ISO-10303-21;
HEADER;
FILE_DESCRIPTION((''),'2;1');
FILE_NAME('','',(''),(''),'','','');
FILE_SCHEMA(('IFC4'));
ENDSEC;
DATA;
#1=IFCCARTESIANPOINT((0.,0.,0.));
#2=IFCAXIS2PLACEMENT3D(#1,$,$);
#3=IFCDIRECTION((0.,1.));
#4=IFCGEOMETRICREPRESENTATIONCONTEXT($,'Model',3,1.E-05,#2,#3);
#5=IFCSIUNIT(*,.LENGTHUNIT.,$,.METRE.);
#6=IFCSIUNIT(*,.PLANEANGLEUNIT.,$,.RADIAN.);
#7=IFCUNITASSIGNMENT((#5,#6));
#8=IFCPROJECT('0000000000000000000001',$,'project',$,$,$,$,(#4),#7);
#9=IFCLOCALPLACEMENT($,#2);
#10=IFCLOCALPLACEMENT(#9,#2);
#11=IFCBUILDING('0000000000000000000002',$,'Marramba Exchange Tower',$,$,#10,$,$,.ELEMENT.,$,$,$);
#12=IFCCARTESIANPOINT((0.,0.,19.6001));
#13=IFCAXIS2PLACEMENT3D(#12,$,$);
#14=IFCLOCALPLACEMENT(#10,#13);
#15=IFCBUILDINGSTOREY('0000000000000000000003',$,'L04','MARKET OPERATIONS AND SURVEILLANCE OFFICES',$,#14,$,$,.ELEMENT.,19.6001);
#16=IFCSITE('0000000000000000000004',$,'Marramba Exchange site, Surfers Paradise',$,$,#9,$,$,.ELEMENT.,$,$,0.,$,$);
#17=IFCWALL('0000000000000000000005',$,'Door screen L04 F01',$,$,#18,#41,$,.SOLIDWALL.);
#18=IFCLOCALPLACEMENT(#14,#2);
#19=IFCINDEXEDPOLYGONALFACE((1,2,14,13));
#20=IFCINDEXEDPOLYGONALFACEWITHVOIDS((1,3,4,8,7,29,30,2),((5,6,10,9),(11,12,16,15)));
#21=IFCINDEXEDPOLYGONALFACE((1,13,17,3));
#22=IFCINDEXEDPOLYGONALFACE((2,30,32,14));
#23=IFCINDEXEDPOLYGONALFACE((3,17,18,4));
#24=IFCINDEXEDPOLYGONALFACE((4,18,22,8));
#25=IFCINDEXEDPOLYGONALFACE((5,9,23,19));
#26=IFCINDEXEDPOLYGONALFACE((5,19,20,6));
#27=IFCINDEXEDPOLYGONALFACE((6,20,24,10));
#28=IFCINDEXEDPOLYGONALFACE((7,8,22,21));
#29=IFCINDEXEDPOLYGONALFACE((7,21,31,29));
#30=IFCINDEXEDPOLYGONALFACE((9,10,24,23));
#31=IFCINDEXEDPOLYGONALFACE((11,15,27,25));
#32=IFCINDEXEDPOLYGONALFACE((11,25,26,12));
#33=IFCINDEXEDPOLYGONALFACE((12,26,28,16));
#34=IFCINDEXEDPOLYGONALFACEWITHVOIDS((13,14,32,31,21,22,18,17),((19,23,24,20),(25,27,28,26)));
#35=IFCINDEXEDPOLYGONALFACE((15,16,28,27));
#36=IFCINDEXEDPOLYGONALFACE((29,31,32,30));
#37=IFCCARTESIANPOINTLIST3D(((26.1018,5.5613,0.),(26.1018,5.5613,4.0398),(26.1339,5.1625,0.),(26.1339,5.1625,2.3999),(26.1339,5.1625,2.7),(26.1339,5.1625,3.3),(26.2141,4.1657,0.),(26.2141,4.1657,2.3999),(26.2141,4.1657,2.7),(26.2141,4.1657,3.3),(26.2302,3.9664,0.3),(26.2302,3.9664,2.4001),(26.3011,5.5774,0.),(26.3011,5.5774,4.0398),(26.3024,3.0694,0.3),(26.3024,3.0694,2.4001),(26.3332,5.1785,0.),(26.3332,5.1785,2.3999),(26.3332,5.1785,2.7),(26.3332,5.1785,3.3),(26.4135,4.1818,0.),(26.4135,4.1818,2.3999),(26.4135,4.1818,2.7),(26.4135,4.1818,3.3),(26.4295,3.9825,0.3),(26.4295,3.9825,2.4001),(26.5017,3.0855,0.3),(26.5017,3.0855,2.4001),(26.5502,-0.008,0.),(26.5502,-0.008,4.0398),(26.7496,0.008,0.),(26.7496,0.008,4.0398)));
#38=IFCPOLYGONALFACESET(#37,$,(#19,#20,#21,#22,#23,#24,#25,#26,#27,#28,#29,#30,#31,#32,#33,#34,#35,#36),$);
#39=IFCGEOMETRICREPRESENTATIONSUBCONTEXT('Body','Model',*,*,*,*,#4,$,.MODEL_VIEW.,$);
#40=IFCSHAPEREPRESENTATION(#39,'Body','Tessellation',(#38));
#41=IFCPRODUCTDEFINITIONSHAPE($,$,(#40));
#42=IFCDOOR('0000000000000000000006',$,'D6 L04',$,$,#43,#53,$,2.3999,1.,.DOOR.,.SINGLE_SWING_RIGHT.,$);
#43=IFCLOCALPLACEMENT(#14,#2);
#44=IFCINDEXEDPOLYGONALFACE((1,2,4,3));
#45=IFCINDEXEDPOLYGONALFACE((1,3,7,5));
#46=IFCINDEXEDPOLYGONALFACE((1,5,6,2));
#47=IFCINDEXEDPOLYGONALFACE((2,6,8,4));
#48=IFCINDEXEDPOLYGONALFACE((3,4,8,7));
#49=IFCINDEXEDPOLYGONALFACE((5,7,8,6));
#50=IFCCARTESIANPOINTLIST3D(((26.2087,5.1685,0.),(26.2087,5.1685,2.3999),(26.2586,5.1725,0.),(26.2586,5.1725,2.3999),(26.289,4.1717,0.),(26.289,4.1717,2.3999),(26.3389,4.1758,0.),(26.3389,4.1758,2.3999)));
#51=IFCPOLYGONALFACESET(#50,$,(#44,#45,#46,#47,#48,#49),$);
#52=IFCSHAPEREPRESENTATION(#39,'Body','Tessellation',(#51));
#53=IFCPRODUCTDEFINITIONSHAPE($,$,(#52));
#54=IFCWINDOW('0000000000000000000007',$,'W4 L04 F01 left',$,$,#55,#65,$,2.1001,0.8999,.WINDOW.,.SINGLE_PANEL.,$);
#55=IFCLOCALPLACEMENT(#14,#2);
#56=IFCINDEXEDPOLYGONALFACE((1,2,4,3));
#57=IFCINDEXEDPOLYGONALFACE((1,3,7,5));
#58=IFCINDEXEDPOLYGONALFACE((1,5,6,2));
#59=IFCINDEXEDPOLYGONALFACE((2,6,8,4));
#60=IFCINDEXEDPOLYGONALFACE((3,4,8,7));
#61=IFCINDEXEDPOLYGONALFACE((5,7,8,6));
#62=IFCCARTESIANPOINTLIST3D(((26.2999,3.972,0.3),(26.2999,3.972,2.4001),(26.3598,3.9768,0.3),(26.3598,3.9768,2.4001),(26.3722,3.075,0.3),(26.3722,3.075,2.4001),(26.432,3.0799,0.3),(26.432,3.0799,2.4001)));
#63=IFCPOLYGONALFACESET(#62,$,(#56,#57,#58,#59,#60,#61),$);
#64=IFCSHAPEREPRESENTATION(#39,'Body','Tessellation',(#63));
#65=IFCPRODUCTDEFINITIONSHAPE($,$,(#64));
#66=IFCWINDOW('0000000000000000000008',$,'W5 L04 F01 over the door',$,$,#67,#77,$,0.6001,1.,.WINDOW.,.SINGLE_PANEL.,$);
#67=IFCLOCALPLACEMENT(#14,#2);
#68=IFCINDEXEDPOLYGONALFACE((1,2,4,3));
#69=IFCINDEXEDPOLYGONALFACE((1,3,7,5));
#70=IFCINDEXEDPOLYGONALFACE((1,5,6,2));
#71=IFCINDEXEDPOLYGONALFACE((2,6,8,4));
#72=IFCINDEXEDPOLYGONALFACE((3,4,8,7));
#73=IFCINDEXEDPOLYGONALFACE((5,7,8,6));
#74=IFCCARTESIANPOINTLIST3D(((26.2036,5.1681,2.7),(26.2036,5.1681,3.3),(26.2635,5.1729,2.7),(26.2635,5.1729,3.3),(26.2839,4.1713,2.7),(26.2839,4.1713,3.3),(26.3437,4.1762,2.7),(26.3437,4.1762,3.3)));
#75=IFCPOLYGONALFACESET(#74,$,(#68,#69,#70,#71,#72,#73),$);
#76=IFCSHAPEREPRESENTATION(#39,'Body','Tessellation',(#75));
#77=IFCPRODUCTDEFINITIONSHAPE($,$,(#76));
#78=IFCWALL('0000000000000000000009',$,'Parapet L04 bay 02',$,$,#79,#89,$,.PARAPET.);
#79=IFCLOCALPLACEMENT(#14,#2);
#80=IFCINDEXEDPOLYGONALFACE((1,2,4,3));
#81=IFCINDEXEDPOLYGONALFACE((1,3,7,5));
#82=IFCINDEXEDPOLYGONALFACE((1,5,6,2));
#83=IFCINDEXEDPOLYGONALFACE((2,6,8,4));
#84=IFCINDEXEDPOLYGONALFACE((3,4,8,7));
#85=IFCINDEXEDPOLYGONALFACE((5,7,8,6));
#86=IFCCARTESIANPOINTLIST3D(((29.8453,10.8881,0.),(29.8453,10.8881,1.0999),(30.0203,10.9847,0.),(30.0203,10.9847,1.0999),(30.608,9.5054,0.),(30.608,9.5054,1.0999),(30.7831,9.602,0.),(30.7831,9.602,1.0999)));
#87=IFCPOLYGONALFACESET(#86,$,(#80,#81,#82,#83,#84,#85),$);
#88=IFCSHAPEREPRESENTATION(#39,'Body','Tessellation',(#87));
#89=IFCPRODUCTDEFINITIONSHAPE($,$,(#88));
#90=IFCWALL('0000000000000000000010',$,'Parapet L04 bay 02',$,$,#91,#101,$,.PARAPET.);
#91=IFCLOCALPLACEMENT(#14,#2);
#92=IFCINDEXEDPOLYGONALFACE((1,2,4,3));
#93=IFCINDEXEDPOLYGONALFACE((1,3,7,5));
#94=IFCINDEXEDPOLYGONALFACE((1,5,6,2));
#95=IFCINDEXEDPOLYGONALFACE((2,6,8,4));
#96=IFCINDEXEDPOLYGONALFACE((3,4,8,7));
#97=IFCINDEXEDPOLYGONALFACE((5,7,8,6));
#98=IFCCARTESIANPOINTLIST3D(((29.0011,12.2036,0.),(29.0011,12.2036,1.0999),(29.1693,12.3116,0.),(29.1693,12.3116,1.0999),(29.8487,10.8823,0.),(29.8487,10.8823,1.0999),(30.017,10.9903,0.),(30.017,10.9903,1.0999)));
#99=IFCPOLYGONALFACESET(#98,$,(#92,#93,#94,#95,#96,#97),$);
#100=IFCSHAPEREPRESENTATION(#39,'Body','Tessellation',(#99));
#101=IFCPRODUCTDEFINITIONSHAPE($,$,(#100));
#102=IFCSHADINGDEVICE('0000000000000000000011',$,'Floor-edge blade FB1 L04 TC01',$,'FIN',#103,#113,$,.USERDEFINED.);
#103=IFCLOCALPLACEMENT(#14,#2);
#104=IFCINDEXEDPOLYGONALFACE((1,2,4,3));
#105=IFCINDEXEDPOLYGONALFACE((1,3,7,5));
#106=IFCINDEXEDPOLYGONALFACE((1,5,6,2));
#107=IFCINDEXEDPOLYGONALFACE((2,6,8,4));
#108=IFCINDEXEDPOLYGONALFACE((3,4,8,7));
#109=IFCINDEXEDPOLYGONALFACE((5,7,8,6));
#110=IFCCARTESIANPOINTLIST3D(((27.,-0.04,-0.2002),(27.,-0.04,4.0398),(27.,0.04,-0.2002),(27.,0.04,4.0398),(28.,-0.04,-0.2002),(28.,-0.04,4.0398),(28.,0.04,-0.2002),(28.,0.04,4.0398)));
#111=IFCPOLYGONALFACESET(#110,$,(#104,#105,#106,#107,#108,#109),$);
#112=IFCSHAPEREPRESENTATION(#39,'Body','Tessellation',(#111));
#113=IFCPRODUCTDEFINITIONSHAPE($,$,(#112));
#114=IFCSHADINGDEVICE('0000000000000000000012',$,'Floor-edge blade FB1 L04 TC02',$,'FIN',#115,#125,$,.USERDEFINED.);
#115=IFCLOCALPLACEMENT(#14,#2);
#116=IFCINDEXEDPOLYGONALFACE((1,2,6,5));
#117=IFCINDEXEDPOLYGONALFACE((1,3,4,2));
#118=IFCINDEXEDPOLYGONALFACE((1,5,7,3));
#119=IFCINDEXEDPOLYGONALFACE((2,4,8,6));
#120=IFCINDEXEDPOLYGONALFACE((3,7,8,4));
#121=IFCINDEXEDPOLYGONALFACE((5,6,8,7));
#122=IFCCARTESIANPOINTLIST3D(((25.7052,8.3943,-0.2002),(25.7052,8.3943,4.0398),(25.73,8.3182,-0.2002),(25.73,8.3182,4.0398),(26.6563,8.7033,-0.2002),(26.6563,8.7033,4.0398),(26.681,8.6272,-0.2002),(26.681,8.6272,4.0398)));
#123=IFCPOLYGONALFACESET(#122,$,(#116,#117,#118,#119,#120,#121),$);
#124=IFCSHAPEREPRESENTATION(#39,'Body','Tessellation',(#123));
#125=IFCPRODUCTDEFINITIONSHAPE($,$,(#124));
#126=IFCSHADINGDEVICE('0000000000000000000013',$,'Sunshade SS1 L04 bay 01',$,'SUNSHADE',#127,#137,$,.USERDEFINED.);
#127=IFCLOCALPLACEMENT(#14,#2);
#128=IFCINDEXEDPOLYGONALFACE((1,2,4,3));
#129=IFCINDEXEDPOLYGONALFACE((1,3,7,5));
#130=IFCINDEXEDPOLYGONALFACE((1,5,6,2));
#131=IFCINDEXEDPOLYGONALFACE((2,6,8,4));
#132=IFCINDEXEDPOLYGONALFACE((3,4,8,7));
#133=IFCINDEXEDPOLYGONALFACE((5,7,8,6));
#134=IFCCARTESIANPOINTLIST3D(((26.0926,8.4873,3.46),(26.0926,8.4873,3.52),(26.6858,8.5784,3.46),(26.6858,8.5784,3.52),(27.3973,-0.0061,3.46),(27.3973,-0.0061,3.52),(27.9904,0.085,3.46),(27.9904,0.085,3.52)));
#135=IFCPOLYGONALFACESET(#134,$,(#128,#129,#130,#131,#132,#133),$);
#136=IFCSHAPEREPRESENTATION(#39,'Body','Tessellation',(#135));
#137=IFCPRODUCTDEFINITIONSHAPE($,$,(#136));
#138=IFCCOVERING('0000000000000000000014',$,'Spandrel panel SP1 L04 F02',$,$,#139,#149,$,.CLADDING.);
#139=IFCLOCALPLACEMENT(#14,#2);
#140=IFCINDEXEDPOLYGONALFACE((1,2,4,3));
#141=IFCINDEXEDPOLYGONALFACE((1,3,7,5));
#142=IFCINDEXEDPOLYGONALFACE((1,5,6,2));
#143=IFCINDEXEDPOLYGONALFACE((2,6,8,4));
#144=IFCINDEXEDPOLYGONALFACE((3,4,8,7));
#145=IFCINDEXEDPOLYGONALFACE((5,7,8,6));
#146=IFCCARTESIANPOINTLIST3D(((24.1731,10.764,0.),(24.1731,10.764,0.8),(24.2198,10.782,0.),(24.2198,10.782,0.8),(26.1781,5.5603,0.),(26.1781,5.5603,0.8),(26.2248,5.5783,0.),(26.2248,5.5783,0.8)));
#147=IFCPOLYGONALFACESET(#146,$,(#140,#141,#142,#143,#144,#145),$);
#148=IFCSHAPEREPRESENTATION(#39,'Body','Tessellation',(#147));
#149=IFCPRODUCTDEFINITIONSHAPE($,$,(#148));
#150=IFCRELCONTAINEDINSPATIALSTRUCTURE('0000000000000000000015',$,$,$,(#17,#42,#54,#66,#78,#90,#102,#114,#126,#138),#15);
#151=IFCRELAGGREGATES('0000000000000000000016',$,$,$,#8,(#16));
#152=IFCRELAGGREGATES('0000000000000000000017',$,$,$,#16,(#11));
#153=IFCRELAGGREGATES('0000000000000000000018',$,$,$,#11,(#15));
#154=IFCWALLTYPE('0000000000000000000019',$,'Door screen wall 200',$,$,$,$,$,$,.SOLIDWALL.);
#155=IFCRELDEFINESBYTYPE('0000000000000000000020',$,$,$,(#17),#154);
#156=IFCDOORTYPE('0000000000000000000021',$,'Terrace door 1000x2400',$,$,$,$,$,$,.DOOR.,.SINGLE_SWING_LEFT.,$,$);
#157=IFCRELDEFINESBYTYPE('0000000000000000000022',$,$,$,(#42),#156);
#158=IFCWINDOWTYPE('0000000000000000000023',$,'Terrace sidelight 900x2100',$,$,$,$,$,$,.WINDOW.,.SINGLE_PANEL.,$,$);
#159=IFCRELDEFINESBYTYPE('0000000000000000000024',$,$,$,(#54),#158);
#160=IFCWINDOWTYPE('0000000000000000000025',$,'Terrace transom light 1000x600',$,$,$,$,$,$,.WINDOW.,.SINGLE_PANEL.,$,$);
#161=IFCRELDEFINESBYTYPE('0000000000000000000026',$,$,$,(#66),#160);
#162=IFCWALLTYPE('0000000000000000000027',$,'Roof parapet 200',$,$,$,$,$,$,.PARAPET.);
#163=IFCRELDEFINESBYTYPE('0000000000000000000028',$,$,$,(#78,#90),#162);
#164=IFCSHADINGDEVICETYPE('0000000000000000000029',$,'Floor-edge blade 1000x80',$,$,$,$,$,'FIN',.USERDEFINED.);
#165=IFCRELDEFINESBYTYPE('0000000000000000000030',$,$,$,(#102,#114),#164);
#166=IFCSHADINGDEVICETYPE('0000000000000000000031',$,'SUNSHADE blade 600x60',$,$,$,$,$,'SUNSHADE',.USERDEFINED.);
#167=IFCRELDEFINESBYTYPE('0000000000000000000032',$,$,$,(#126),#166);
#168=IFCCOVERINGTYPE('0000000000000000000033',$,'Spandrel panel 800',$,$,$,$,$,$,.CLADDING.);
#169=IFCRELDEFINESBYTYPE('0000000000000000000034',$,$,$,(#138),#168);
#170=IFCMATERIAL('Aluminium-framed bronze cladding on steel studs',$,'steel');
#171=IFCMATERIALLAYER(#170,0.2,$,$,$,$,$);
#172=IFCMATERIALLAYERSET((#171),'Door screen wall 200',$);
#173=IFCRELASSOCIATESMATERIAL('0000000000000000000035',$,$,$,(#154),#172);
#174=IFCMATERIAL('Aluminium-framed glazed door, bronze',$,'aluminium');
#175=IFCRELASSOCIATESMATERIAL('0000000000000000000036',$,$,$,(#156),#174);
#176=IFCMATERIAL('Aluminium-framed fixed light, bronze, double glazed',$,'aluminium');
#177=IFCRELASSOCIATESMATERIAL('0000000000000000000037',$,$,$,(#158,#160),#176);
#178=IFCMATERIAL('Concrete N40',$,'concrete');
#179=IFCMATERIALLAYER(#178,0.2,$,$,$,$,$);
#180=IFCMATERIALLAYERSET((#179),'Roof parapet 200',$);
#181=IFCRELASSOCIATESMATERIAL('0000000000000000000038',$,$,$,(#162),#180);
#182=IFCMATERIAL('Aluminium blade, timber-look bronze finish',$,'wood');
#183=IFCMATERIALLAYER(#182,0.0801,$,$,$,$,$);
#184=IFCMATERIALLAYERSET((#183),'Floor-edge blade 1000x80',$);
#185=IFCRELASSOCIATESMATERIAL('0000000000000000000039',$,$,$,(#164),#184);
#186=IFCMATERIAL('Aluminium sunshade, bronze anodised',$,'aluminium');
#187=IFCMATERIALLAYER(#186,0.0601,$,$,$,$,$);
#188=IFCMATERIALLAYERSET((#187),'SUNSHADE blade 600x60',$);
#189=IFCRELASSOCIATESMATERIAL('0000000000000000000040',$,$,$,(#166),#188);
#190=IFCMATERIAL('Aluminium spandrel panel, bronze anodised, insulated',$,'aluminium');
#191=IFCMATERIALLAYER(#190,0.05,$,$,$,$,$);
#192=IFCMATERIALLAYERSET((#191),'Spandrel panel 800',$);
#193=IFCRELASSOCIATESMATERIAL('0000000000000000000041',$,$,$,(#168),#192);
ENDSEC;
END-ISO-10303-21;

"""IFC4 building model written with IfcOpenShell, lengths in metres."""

from ifc_helpers import new_model, si_unit, direction, frame, frame_2d, origin, origin_2d, place, context, subcontext, project, spatial, rectangle, extrude, material, layer, layer_set, type_object, element, fill, save


model = new_model("IFC4")

# Units and contexts
model_context = context("Model", 3, precision=1e-05, world=origin(), true_north=direction((0.0, 1.0)))
body_context = subcontext(model_context, "Body", "Model", "MODEL_VIEW")
ifc_project = project(units=[si_unit("LENGTHUNIT", "METRE"), si_unit("PLANEANGLEUNIT", "RADIAN")], contexts=[model_context])

# Site, building, storey
site_placement = place(None, origin())
site = spatial("IfcSite", under=ifc_project, at=site_placement, Name="Marramba Exchange site, Surfers Paradise", CompositionType="ELEMENT", RefElevation=0.0)
building_placement = place(site_placement, origin())
building = spatial("IfcBuilding", under=site, at=building_placement, Name="Marramba Exchange Tower", CompositionType="ELEMENT")
storey_placement = place(building_placement, frame((0.0, 0.0, 19.6001)))
storey = spatial("IfcBuildingStorey", under=building, at=storey_placement, Name="L04", Description="MARKET OPERATIONS AND SURVEILLANCE OFFICES", CompositionType="ELEMENT", Elevation=19.6001)

# Wall, openings, door, windows
ifc_material_1 = material(Name="Aluminium-framed bronze cladding on steel studs", Category="steel")
ifc_layer_1 = layer(ifc_material_1, 0.2)
ifc_layer_set_1 = layer_set([ifc_layer_1], Name="Door screen wall 200")
wall_type_1 = type_object("IfcWallType", Name="Door screen wall 200", PredefinedType="SOLIDWALL", material=ifc_layer_set_1)
wall_1_placement = place(storey_placement, frame((26.6499, 0.0, 0.0), z_axis=(0.0, 0.0, 1.0), x_axis=(-0.080268, 0.996773, 0.0)))
wall_1 = element("IfcWall", 1, at=wall_1_placement, inside=storey, type_object=wall_type_1, Name="Door screen L04 F01", PredefinedType="SOLIDWALL", context=body_context, shape_type="SweptSolid", body=[
    extrude(rectangle(XDim=5.5874, YDim=0.2, at=frame_2d((2.7937, 0.0))), origin(), (0.0, 0.0, 1.0), 4.0398),
])
opening_1_placement = place(wall_1_placement, frame((4.1873, 0.0, 0.0)))
opening_1 = element("IfcOpeningElement", 2, at=opening_1_placement, cuts=wall_1, PredefinedType="OPENING", context=body_context, shape_type="SweptSolid", body=[
    extrude(rectangle(XDim=1.0, YDim=2.3999, at=frame_2d((0.5, 1.2))), frame((0.0, 0.1099, 0.0), z_axis=(0.0, -1.0, 0.0), x_axis=(1.0, 0.0, 0.0)), (0.0, 0.0, 1.0), 0.22),
])
opening_2_placement = place(wall_1_placement, frame((3.0874, 0.0, 0.3)))
opening_2 = element("IfcOpeningElement", 3, at=opening_2_placement, cuts=wall_1, PredefinedType="OPENING", context=body_context, shape_type="SweptSolid", body=[
    extrude(rectangle(XDim=0.8999, YDim=2.1001, at=frame_2d((0.45, 1.05))), frame((0.0, 0.1099, 0.0), z_axis=(0.0, -1.0, 0.0), x_axis=(1.0, 0.0, 0.0)), (0.0, 0.0, 1.0), 0.22),
])
opening_3_placement = place(wall_1_placement, frame((4.1873, 0.0, 2.7)))
opening_3 = element("IfcOpeningElement", 4, at=opening_3_placement, cuts=wall_1, PredefinedType="OPENING", context=body_context, shape_type="SweptSolid", body=[
    extrude(rectangle(XDim=1.0, YDim=0.6001, at=frame_2d((0.5, 0.3))), frame((0.0, 0.1099, 0.0), z_axis=(0.0, -1.0, 0.0), x_axis=(1.0, 0.0, 0.0)), (0.0, 0.0, 1.0), 0.22),
])
ifc_material_2 = material(Name="Aluminium-framed glazed door, bronze", Category="aluminium")
door_type = type_object("IfcDoorType", Name="Terrace door 1000x2400", OperationType="SINGLE_SWING_LEFT", PredefinedType="DOOR", material=ifc_material_2)
door_placement = place(opening_1_placement, frame((1.0, 0.0, 0.0), z_axis=(0.0, 0.0, 1.0), x_axis=(-1.0, 0.0, 0.0)))
door = element("IfcDoor", 5, at=door_placement, inside=storey, type_object=door_type, Name="D6 L04", OperationType="SINGLE_SWING_RIGHT", OverallHeight=2.3999, OverallWidth=1.0, PredefinedType="DOOR", context=body_context, shape_type="SweptSolid", body=[
    extrude(rectangle(XDim=1.0, YDim=2.3999, at=frame_2d((0.5, 1.2))), frame((0.0, 0.0251, 0.0), z_axis=(0.0, -1.0, 0.0), x_axis=(1.0, 0.0, 0.0)), (0.0, 0.0, 1.0), 0.05),
])
fill(opening_1, door)
ifc_material_3 = material(Name="Aluminium-framed fixed light, bronze, double glazed", Category="aluminium")
window_type_1 = type_object("IfcWindowType", Name="Terrace sidelight 900x2100", PartitioningType="SINGLE_PANEL", PredefinedType="WINDOW", material=ifc_material_3)
window_1_placement = place(opening_2_placement, origin())
window_1 = element("IfcWindow", 6, at=window_1_placement, inside=storey, type_object=window_type_1, Name="W4 L04 F01 left", OverallHeight=2.1001, OverallWidth=0.8999, PartitioningType="SINGLE_PANEL", PredefinedType="WINDOW", context=body_context, shape_type="SweptSolid", body=[
    extrude(rectangle(XDim=0.8999, YDim=2.1001, at=frame_2d((0.45, 1.05))), frame((0.0, 0.03, 0.0), z_axis=(0.0, -1.0, 0.0), x_axis=(1.0, 0.0, 0.0)), (0.0, 0.0, 1.0), 0.0601),
])
fill(opening_2, window_1)
window_type_2 = type_object("IfcWindowType", Name="Terrace transom light 1000x600", PartitioningType="SINGLE_PANEL", PredefinedType="WINDOW", material=ifc_material_3)
window_2_placement = place(opening_3_placement, origin())
window_2 = element("IfcWindow", 7, at=window_2_placement, inside=storey, type_object=window_type_2, Name="W5 L04 F01 over the door", OverallHeight=0.6001, OverallWidth=1.0, PartitioningType="SINGLE_PANEL", PredefinedType="WINDOW", context=body_context, shape_type="SweptSolid", body=[
    extrude(rectangle(XDim=1.0, YDim=0.6001, at=frame_2d((0.5, 0.3))), frame((0.0, 0.03, 0.0), z_axis=(0.0, -1.0, 0.0), x_axis=(1.0, 0.0, 0.0)), (0.0, 0.0, 1.0), 0.0601),
])
fill(opening_3, window_2)

# Walls
ifc_material_4 = material(Name="Concrete N40", Category="concrete")
ifc_layer_2 = layer(ifc_material_4, 0.2)
ifc_layer_set_2 = layer_set([ifc_layer_2], Name="Roof parapet 200")
wall_type_2 = type_object("IfcWallType", Name="Roof parapet 200", PredefinedType="PARAPET", material=ifc_layer_set_2)
wall_2_placement = place(storey_placement, frame((30.6956, 9.5537, 0.0), z_axis=(0.0, 0.0, 1.0), x_axis=(-0.483028, 0.875605, 0.0)))
element("IfcWall", 8, at=wall_2_placement, inside=storey, type_object=wall_type_2, Name="Parapet L04 bay 02", PredefinedType="PARAPET", context=body_context, shape_type="SweptSolid", body=[
    extrude(rectangle(XDim=1.5791, YDim=0.2, at=frame_2d((0.7896, 0.0))), origin(), (0.0, 0.0, 1.0), 1.0999),
])
wall_3_placement = place(storey_placement, frame((29.9329, 10.9363, 0.0), z_axis=(0.0, 0.0, 1.0), x_axis=(-0.539971, 0.841683, 0.0)))
element("IfcWall", 9, at=wall_3_placement, inside=storey, type_object=wall_type_2, Name="Parapet L04 bay 02", PredefinedType="PARAPET", context=body_context, shape_type="SweptSolid", body=[
    extrude(rectangle(XDim=1.5698, YDim=0.2, at=frame_2d((0.7849, 0.0))), origin(), (0.0, 0.0, 1.0), 1.0999),
])

# Shading devices
ifc_material_5 = material(Name="Aluminium blade, timber-look bronze finish", Category="wood")
ifc_layer_3 = layer(ifc_material_5, 0.0801)
ifc_layer_set_3 = layer_set([ifc_layer_3], Name="Floor-edge blade 1000x80")
shading_device_type_1 = type_object("IfcShadingDeviceType", Name="Floor-edge blade 1000x80", ElementType="FIN", PredefinedType="USERDEFINED", material=ifc_layer_set_3)
for number, where, z_axis, x_axis, name in (
    (10, (27.5, 0.0, -0.2002), (0.0, 0.0, 1.0), (1.0, 0.0, 0.0), "Floor-edge blade FB1 L04 TC01"),
    (11, (26.1931, 8.5107, -0.2002), (0.0, 0.0, 1.0), (0.951057, 0.309017, 0.0), "Floor-edge blade FB1 L04 TC02"),
):
    element("IfcShadingDevice", number, at=place(storey_placement, frame(where, z_axis=z_axis, x_axis=x_axis)), inside=storey, type_object=shading_device_type_1, Name=name, ObjectType="FIN", PredefinedType="USERDEFINED", context=body_context, shape_type="SweptSolid", body=[
        extrude(rectangle(XDim=1.0, YDim=0.0801, at=origin_2d()), origin(), (0.0, 0.0, 1.0), 4.24),
    ])
ifc_material_6 = material(Name="Aluminium sunshade, bronze anodised", Category="aluminium")
ifc_layer_4 = layer(ifc_material_6, 0.0601)
ifc_layer_set_4 = layer_set([ifc_layer_4], Name="SUNSHADE blade 600x60")
shading_device_type_2 = type_object("IfcShadingDeviceType", Name="SUNSHADE blade 600x60", ElementType="SUNSHADE", PredefinedType="USERDEFINED", material=ifc_layer_set_4)
shading_device_placement = place(storey_placement, frame((27.0415, 4.2861, 3.46), z_axis=(0.0, 0.0, 1.0), x_axis=(-0.151825, 0.988407, 0.0)))
element("IfcShadingDevice", 12, at=shading_device_placement, inside=storey, type_object=shading_device_type_2, Name="Sunshade SS1 L04 bay 01", ObjectType="SUNSHADE", PredefinedType="USERDEFINED", context=body_context, shape_type="SweptSolid", body=[
    extrude(rectangle(XDim=8.593, YDim=0.6001, at=origin_2d()), origin(), (0.0, 0.0, 1.0), 0.0601),
])

# Covering
ifc_material_7 = material(Name="Aluminium spandrel panel, bronze anodised, insulated", Category="aluminium")
ifc_layer_5 = layer(ifc_material_7, 0.05)
ifc_layer_set_5 = layer_set([ifc_layer_5], Name="Spandrel panel 800")
covering_type = type_object("IfcCoveringType", Name="Spandrel panel 800", PredefinedType="CLADDING", material=ifc_layer_set_5)
covering_placement = place(storey_placement, frame((25.199, 8.1711, 0.0), z_axis=(0.0, 0.0, 1.0), x_axis=(-0.359526, 0.933135, 0.0)))
element("IfcCovering", 13, at=covering_placement, inside=storey, type_object=covering_type, Name="Spandrel panel SP1 L04 F02", PredefinedType="CLADDING", context=body_context, shape_type="SweptSolid", body=[
    extrude(rectangle(XDim=5.5767, YDim=0.05, at=origin_2d()), origin(), (0.0, 0.0, 1.0), 0.8),
])

save(model, "model.ifc")
